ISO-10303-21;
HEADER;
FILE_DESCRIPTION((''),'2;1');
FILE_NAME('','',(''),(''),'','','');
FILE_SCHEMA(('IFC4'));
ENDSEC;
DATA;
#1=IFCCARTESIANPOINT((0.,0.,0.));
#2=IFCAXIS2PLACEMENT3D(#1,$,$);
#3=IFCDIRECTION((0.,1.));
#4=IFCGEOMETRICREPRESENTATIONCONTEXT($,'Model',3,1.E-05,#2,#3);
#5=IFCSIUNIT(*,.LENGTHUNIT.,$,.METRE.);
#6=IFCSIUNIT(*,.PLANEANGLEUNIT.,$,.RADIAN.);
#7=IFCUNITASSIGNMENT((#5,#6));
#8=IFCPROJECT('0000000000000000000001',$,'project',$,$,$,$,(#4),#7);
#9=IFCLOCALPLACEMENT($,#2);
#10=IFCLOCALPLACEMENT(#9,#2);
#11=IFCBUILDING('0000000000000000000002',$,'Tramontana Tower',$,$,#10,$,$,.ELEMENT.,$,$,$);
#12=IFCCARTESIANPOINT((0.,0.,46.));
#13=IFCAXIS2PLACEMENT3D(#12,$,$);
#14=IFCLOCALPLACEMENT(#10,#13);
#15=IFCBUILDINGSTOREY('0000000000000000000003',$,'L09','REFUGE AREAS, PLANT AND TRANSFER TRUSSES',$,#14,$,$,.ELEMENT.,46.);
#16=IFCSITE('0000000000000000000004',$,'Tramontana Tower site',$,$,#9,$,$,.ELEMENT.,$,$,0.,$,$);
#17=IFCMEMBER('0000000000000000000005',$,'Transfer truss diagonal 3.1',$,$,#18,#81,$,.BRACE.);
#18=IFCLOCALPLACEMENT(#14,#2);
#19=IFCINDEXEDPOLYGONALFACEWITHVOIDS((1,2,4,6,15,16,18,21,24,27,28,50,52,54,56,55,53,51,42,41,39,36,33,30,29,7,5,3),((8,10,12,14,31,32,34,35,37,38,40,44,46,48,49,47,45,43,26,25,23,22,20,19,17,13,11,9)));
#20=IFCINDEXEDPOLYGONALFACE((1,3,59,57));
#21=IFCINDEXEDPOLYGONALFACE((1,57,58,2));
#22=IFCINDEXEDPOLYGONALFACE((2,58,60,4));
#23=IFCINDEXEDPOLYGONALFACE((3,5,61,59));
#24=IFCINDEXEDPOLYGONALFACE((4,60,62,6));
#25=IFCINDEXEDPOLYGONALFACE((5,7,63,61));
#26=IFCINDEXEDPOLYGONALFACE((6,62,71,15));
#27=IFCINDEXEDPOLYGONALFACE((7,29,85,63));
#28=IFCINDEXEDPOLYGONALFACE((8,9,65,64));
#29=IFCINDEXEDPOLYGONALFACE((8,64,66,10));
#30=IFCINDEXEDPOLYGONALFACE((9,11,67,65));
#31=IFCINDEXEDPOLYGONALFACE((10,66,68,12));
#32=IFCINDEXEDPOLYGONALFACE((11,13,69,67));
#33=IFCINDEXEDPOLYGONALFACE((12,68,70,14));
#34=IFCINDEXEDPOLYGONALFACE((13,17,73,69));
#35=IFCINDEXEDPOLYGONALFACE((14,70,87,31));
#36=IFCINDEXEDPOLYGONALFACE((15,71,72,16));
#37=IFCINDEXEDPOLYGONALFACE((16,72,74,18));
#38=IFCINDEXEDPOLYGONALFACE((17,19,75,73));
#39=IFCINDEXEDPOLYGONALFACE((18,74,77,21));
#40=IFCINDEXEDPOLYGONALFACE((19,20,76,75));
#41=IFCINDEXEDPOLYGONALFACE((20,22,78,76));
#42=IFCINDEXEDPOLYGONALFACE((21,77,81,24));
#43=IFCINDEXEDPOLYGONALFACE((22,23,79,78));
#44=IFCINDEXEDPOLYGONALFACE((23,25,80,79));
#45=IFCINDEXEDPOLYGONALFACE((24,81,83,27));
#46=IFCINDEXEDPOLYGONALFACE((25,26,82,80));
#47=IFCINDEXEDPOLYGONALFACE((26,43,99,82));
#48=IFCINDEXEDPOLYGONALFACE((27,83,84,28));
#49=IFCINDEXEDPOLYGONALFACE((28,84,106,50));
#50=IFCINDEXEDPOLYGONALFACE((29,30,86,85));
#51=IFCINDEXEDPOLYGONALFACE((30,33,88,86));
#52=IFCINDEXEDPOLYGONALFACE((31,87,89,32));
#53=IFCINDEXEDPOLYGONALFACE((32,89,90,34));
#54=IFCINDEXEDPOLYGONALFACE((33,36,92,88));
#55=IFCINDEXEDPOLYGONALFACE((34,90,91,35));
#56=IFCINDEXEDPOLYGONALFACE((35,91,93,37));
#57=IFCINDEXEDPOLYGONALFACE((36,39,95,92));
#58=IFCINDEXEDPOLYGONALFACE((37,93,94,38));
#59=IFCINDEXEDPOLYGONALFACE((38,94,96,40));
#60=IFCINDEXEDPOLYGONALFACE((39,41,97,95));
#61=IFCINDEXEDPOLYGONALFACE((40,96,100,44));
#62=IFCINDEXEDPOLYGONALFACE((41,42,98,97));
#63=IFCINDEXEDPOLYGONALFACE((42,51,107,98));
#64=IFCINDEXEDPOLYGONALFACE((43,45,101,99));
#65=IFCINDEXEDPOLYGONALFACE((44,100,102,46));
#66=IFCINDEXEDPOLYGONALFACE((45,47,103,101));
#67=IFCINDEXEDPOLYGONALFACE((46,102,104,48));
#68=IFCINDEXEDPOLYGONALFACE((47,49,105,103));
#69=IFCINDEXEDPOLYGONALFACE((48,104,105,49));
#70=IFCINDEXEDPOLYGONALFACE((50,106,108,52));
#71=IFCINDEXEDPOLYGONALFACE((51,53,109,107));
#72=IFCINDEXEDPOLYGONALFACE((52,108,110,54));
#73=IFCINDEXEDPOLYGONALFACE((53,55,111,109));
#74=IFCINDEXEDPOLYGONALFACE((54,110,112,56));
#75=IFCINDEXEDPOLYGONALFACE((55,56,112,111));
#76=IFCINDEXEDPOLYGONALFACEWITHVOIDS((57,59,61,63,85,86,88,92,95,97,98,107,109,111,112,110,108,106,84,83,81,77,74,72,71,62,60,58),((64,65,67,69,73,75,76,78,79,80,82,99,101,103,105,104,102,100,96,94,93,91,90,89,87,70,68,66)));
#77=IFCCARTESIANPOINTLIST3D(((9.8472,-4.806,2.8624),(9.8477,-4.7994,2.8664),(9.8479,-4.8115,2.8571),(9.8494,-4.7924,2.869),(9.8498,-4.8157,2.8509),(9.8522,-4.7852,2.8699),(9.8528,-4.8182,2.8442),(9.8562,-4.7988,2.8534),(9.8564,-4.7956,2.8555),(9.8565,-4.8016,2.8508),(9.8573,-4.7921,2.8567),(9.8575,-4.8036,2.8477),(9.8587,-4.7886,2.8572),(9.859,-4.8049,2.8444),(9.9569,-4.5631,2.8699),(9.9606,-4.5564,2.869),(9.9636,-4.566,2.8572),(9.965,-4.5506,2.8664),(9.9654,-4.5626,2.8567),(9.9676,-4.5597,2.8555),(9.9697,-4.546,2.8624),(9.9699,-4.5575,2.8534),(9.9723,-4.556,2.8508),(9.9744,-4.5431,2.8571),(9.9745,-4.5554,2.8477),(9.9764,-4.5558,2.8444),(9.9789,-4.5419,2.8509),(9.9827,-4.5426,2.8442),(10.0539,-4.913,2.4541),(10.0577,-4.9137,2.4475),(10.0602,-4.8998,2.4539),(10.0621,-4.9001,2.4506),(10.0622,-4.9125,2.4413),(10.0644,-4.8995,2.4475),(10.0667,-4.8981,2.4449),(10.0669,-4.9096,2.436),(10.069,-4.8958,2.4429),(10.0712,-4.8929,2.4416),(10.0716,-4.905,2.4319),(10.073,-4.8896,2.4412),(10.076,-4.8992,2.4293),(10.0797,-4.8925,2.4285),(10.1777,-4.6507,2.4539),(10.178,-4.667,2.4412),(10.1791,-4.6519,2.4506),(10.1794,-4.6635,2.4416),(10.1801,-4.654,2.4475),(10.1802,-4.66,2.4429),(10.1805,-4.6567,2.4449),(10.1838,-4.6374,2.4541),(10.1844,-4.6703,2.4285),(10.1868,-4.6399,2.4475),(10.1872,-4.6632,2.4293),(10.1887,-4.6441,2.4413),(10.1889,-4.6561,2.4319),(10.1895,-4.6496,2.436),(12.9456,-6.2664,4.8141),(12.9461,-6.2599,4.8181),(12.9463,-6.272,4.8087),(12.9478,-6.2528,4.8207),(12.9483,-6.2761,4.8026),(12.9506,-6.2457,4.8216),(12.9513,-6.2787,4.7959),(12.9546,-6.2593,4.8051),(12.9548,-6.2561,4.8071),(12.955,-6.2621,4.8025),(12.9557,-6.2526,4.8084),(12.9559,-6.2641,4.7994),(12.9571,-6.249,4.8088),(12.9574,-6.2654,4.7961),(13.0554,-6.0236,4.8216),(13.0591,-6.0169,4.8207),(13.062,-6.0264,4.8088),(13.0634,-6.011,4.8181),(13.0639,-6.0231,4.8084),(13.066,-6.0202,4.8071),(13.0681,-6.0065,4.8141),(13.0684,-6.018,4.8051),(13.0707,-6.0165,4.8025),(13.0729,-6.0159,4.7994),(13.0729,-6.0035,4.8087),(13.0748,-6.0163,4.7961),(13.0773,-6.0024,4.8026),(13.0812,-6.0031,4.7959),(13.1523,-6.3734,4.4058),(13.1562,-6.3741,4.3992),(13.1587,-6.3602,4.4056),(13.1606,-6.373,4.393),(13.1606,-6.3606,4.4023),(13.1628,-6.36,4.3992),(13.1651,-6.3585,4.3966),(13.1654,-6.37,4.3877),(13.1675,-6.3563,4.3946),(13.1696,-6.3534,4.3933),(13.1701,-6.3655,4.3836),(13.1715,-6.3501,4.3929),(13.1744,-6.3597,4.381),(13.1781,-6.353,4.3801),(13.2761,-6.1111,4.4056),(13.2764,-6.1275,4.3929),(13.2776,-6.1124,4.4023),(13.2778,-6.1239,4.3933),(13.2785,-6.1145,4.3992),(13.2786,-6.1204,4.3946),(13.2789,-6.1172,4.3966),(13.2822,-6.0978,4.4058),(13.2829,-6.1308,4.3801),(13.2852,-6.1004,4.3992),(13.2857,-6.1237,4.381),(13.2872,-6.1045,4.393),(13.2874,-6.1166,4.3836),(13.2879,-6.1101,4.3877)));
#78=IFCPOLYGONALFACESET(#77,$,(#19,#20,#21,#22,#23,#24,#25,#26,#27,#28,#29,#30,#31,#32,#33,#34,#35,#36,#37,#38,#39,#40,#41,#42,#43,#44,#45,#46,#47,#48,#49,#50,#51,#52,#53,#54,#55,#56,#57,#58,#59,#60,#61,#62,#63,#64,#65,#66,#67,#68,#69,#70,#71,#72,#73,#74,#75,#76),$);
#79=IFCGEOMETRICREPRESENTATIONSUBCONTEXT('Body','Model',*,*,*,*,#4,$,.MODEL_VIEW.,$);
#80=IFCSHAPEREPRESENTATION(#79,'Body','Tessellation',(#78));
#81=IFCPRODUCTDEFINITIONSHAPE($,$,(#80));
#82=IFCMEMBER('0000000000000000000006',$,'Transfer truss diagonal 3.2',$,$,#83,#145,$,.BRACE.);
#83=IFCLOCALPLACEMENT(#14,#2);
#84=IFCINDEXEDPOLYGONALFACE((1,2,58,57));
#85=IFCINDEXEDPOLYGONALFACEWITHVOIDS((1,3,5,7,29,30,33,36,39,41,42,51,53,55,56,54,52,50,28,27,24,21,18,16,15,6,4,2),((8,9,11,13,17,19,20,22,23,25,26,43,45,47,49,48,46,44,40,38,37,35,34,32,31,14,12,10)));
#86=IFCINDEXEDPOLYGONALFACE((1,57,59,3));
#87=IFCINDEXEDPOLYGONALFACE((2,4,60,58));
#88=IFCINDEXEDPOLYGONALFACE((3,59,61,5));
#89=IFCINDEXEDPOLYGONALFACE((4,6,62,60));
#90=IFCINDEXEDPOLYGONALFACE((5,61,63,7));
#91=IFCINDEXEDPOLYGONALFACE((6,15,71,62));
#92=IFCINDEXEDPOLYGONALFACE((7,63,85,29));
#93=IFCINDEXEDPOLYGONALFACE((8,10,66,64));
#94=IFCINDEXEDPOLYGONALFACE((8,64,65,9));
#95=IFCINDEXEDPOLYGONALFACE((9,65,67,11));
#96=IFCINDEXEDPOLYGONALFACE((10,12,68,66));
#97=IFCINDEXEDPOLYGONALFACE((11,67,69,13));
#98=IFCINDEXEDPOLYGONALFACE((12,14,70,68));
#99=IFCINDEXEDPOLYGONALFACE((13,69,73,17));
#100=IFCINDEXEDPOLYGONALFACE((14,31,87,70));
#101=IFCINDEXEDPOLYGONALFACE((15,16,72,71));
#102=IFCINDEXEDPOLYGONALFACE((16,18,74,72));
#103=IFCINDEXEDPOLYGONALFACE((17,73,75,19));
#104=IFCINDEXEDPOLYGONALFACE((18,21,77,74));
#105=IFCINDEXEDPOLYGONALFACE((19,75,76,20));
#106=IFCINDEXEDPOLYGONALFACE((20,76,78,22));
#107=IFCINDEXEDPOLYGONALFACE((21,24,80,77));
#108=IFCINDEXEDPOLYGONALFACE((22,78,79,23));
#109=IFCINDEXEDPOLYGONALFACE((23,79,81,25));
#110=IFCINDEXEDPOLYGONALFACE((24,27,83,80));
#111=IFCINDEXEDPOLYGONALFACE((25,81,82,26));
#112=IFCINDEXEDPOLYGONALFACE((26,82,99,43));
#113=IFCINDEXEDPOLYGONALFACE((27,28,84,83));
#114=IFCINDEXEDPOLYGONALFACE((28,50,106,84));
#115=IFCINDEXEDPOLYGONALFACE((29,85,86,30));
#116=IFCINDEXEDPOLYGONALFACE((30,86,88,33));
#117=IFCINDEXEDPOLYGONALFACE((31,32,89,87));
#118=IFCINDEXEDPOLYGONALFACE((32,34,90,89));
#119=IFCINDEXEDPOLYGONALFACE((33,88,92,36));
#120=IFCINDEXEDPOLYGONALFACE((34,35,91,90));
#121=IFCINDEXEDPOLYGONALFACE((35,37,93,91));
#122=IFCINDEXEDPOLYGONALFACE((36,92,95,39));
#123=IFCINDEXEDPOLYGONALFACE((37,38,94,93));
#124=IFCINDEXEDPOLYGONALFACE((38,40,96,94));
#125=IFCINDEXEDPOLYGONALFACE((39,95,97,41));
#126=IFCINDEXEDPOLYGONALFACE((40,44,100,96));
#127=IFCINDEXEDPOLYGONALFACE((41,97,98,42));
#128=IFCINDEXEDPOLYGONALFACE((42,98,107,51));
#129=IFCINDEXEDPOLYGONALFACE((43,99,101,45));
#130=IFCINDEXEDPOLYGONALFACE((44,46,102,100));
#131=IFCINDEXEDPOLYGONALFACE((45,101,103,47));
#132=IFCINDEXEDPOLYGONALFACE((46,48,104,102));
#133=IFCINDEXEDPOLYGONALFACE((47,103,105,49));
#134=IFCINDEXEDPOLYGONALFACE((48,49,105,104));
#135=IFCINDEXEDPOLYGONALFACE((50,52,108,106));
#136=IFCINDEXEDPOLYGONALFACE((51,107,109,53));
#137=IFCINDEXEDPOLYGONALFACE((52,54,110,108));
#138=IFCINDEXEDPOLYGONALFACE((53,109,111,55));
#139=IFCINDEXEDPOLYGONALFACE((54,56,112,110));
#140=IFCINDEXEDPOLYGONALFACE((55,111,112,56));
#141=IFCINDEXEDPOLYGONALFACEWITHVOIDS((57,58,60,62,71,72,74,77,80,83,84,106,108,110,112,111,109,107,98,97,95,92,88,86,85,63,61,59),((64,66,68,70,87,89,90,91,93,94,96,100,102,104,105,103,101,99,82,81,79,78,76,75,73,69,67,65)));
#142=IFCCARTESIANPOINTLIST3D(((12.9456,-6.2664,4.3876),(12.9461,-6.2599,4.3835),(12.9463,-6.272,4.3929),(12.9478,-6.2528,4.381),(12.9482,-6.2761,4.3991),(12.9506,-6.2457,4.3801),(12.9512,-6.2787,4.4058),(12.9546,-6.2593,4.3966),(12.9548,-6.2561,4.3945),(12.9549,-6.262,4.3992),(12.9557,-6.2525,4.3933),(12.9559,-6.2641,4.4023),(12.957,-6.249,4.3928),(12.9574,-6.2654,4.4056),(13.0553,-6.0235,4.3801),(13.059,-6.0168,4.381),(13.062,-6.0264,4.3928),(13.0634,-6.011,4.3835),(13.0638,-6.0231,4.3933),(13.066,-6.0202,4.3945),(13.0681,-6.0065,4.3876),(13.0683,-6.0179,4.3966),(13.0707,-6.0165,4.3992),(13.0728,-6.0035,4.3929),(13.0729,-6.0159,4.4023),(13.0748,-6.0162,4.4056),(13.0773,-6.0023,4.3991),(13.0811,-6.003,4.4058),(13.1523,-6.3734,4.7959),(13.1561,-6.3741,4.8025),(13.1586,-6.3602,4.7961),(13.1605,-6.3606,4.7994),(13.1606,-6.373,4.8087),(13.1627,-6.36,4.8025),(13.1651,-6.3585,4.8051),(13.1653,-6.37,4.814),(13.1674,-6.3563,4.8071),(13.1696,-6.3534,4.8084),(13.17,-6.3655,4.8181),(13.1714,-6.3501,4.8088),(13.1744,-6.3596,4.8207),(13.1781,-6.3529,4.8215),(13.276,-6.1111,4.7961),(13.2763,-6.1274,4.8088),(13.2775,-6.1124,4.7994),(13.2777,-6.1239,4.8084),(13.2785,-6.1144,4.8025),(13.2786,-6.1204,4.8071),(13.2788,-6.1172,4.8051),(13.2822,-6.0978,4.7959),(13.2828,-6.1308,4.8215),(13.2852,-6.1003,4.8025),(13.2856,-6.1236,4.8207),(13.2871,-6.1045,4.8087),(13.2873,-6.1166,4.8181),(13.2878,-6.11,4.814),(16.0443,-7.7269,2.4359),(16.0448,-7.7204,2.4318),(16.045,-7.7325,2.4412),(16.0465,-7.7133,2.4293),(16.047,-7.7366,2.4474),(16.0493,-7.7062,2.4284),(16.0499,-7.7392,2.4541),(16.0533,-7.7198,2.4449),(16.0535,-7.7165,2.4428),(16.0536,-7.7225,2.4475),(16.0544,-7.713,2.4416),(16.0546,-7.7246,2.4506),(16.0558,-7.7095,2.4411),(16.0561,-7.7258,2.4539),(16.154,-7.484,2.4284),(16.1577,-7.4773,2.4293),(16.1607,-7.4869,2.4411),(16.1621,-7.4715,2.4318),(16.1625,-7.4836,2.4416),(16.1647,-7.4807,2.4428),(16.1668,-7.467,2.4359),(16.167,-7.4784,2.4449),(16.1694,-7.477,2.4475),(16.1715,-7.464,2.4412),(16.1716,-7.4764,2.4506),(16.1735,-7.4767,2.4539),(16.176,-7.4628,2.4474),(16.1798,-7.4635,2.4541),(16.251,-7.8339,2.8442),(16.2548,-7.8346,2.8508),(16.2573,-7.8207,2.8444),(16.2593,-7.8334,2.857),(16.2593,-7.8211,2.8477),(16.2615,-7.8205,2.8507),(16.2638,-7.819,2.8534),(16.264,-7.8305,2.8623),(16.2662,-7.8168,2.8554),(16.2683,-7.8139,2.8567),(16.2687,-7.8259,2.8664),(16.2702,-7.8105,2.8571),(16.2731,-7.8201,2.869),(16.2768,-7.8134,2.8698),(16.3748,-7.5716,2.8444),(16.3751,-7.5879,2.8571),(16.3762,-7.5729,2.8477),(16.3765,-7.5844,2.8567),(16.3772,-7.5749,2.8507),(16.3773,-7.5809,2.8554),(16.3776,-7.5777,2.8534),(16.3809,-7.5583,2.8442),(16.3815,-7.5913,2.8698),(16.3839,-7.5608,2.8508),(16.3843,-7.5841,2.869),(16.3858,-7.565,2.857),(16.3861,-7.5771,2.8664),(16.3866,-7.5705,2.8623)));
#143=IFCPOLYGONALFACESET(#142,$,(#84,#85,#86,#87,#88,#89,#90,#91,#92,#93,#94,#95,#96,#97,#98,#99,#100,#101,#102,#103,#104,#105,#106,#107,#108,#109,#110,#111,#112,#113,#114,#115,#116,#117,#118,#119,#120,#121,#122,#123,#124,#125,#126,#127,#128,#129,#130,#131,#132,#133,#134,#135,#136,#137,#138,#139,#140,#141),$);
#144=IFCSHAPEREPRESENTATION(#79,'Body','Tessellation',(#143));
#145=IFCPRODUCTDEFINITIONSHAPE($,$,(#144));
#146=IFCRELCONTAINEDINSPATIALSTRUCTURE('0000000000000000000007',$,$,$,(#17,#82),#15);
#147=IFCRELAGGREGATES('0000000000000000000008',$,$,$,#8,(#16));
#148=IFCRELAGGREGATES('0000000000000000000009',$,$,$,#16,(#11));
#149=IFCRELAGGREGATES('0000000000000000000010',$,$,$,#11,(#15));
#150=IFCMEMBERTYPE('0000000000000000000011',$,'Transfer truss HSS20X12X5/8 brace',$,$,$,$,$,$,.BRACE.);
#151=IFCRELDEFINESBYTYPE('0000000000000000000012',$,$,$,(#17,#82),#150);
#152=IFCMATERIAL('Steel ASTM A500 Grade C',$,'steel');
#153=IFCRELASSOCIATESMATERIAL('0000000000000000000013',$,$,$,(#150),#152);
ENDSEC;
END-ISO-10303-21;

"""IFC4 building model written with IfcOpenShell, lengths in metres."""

from ifc_helpers import new_model, si_unit, direction, frame, origin, origin_2d, place, context, subcontext, project, spatial, hollow_rectangle, extrude, material, material_profile, profile_set, type_object, element, save


model = new_model("IFC4")

# Units and contexts
model_context = context("Model", 3, precision=1e-05, world=origin(), true_north=direction((0.0, 1.0)))
body_context = subcontext(model_context, "Body", "Model", "MODEL_VIEW")
ifc_project = project(units=[si_unit("LENGTHUNIT", "METRE"), si_unit("PLANEANGLEUNIT", "RADIAN")], contexts=[model_context])

# Site, building, storey
site_placement = place(None, origin())
site = spatial("IfcSite", under=ifc_project, at=site_placement, Name="Tramontana Tower site", CompositionType="ELEMENT", RefElevation=0.0)
building_placement = place(site_placement, origin())
building = spatial("IfcBuilding", under=site, at=building_placement, Name="Tramontana Tower", CompositionType="ELEMENT")
storey_placement = place(building_placement, frame((0.0, 0.0, 46.0)))
storey = spatial("IfcBuildingStorey", under=building, at=storey_placement, Name="L09", Description="REFUGE AREAS, PLANT AND TRANSFER TRUSSES", CompositionType="ELEMENT", Elevation=46.0)

# Members
ifc_material_1 = material(Name="Steel ASTM A500 Grade C", Category="steel")
ifc_material_profile_1 = material_profile(ifc_material_1, hollow_rectangle(XDim=0.3047, YDim=0.5081, WallThickness=0.0146, InnerFilletRadius=0.0146, OuterFilletRadius=0.0295, at=origin_2d()), Name="HSS20X12X5/8")
ifc_profile_set_1 = profile_set([ifc_material_profile_1], Name="Steel ASTM A500 Grade C")
member_type_1 = type_object("IfcMemberType", Name="Transfer truss HSS20X12X5/8 brace", PredefinedType="BRACE", material=ifc_profile_set_1)
member_1_placement = place(storey_placement, frame((10.0183, -4.7278, 2.6492), z_axis=(0.78593, -0.370454, 0.495053), x_axis=(0.426367, 0.90455, 0.0)))
element("IfcMember", 1, at=member_1_placement, inside=storey, type_object=member_type_1, Name="Transfer truss diagonal 3.1", PredefinedType="BRACE", context=body_context, shape_type="SweptSolid", body=[
    extrude(hollow_rectangle(XDim=0.3047, YDim=0.5081, WallThickness=0.0146, InnerFilletRadius=0.0146, OuterFilletRadius=0.0295, at=origin_2d()), origin(), (0.0, 0.0, 1.0), 3.9424),
])
member_2_placement = place(storey_placement, frame((13.1167, -6.1882, 4.6008), z_axis=(0.785954, -0.370436, -0.495029), x_axis=(0.426339, 0.904563, 0.0)))
element("IfcMember", 2, at=member_2_placement, inside=storey, type_object=member_type_1, Name="Transfer truss diagonal 3.2", PredefinedType="BRACE", context=body_context, shape_type="SweptSolid", body=[
    extrude(hollow_rectangle(XDim=0.3047, YDim=0.5081, WallThickness=0.0146, InnerFilletRadius=0.0146, OuterFilletRadius=0.0295, at=origin_2d()), origin(), (0.0, 0.0, 1.0), 3.9426),
])

save(model, "model.ifc")
